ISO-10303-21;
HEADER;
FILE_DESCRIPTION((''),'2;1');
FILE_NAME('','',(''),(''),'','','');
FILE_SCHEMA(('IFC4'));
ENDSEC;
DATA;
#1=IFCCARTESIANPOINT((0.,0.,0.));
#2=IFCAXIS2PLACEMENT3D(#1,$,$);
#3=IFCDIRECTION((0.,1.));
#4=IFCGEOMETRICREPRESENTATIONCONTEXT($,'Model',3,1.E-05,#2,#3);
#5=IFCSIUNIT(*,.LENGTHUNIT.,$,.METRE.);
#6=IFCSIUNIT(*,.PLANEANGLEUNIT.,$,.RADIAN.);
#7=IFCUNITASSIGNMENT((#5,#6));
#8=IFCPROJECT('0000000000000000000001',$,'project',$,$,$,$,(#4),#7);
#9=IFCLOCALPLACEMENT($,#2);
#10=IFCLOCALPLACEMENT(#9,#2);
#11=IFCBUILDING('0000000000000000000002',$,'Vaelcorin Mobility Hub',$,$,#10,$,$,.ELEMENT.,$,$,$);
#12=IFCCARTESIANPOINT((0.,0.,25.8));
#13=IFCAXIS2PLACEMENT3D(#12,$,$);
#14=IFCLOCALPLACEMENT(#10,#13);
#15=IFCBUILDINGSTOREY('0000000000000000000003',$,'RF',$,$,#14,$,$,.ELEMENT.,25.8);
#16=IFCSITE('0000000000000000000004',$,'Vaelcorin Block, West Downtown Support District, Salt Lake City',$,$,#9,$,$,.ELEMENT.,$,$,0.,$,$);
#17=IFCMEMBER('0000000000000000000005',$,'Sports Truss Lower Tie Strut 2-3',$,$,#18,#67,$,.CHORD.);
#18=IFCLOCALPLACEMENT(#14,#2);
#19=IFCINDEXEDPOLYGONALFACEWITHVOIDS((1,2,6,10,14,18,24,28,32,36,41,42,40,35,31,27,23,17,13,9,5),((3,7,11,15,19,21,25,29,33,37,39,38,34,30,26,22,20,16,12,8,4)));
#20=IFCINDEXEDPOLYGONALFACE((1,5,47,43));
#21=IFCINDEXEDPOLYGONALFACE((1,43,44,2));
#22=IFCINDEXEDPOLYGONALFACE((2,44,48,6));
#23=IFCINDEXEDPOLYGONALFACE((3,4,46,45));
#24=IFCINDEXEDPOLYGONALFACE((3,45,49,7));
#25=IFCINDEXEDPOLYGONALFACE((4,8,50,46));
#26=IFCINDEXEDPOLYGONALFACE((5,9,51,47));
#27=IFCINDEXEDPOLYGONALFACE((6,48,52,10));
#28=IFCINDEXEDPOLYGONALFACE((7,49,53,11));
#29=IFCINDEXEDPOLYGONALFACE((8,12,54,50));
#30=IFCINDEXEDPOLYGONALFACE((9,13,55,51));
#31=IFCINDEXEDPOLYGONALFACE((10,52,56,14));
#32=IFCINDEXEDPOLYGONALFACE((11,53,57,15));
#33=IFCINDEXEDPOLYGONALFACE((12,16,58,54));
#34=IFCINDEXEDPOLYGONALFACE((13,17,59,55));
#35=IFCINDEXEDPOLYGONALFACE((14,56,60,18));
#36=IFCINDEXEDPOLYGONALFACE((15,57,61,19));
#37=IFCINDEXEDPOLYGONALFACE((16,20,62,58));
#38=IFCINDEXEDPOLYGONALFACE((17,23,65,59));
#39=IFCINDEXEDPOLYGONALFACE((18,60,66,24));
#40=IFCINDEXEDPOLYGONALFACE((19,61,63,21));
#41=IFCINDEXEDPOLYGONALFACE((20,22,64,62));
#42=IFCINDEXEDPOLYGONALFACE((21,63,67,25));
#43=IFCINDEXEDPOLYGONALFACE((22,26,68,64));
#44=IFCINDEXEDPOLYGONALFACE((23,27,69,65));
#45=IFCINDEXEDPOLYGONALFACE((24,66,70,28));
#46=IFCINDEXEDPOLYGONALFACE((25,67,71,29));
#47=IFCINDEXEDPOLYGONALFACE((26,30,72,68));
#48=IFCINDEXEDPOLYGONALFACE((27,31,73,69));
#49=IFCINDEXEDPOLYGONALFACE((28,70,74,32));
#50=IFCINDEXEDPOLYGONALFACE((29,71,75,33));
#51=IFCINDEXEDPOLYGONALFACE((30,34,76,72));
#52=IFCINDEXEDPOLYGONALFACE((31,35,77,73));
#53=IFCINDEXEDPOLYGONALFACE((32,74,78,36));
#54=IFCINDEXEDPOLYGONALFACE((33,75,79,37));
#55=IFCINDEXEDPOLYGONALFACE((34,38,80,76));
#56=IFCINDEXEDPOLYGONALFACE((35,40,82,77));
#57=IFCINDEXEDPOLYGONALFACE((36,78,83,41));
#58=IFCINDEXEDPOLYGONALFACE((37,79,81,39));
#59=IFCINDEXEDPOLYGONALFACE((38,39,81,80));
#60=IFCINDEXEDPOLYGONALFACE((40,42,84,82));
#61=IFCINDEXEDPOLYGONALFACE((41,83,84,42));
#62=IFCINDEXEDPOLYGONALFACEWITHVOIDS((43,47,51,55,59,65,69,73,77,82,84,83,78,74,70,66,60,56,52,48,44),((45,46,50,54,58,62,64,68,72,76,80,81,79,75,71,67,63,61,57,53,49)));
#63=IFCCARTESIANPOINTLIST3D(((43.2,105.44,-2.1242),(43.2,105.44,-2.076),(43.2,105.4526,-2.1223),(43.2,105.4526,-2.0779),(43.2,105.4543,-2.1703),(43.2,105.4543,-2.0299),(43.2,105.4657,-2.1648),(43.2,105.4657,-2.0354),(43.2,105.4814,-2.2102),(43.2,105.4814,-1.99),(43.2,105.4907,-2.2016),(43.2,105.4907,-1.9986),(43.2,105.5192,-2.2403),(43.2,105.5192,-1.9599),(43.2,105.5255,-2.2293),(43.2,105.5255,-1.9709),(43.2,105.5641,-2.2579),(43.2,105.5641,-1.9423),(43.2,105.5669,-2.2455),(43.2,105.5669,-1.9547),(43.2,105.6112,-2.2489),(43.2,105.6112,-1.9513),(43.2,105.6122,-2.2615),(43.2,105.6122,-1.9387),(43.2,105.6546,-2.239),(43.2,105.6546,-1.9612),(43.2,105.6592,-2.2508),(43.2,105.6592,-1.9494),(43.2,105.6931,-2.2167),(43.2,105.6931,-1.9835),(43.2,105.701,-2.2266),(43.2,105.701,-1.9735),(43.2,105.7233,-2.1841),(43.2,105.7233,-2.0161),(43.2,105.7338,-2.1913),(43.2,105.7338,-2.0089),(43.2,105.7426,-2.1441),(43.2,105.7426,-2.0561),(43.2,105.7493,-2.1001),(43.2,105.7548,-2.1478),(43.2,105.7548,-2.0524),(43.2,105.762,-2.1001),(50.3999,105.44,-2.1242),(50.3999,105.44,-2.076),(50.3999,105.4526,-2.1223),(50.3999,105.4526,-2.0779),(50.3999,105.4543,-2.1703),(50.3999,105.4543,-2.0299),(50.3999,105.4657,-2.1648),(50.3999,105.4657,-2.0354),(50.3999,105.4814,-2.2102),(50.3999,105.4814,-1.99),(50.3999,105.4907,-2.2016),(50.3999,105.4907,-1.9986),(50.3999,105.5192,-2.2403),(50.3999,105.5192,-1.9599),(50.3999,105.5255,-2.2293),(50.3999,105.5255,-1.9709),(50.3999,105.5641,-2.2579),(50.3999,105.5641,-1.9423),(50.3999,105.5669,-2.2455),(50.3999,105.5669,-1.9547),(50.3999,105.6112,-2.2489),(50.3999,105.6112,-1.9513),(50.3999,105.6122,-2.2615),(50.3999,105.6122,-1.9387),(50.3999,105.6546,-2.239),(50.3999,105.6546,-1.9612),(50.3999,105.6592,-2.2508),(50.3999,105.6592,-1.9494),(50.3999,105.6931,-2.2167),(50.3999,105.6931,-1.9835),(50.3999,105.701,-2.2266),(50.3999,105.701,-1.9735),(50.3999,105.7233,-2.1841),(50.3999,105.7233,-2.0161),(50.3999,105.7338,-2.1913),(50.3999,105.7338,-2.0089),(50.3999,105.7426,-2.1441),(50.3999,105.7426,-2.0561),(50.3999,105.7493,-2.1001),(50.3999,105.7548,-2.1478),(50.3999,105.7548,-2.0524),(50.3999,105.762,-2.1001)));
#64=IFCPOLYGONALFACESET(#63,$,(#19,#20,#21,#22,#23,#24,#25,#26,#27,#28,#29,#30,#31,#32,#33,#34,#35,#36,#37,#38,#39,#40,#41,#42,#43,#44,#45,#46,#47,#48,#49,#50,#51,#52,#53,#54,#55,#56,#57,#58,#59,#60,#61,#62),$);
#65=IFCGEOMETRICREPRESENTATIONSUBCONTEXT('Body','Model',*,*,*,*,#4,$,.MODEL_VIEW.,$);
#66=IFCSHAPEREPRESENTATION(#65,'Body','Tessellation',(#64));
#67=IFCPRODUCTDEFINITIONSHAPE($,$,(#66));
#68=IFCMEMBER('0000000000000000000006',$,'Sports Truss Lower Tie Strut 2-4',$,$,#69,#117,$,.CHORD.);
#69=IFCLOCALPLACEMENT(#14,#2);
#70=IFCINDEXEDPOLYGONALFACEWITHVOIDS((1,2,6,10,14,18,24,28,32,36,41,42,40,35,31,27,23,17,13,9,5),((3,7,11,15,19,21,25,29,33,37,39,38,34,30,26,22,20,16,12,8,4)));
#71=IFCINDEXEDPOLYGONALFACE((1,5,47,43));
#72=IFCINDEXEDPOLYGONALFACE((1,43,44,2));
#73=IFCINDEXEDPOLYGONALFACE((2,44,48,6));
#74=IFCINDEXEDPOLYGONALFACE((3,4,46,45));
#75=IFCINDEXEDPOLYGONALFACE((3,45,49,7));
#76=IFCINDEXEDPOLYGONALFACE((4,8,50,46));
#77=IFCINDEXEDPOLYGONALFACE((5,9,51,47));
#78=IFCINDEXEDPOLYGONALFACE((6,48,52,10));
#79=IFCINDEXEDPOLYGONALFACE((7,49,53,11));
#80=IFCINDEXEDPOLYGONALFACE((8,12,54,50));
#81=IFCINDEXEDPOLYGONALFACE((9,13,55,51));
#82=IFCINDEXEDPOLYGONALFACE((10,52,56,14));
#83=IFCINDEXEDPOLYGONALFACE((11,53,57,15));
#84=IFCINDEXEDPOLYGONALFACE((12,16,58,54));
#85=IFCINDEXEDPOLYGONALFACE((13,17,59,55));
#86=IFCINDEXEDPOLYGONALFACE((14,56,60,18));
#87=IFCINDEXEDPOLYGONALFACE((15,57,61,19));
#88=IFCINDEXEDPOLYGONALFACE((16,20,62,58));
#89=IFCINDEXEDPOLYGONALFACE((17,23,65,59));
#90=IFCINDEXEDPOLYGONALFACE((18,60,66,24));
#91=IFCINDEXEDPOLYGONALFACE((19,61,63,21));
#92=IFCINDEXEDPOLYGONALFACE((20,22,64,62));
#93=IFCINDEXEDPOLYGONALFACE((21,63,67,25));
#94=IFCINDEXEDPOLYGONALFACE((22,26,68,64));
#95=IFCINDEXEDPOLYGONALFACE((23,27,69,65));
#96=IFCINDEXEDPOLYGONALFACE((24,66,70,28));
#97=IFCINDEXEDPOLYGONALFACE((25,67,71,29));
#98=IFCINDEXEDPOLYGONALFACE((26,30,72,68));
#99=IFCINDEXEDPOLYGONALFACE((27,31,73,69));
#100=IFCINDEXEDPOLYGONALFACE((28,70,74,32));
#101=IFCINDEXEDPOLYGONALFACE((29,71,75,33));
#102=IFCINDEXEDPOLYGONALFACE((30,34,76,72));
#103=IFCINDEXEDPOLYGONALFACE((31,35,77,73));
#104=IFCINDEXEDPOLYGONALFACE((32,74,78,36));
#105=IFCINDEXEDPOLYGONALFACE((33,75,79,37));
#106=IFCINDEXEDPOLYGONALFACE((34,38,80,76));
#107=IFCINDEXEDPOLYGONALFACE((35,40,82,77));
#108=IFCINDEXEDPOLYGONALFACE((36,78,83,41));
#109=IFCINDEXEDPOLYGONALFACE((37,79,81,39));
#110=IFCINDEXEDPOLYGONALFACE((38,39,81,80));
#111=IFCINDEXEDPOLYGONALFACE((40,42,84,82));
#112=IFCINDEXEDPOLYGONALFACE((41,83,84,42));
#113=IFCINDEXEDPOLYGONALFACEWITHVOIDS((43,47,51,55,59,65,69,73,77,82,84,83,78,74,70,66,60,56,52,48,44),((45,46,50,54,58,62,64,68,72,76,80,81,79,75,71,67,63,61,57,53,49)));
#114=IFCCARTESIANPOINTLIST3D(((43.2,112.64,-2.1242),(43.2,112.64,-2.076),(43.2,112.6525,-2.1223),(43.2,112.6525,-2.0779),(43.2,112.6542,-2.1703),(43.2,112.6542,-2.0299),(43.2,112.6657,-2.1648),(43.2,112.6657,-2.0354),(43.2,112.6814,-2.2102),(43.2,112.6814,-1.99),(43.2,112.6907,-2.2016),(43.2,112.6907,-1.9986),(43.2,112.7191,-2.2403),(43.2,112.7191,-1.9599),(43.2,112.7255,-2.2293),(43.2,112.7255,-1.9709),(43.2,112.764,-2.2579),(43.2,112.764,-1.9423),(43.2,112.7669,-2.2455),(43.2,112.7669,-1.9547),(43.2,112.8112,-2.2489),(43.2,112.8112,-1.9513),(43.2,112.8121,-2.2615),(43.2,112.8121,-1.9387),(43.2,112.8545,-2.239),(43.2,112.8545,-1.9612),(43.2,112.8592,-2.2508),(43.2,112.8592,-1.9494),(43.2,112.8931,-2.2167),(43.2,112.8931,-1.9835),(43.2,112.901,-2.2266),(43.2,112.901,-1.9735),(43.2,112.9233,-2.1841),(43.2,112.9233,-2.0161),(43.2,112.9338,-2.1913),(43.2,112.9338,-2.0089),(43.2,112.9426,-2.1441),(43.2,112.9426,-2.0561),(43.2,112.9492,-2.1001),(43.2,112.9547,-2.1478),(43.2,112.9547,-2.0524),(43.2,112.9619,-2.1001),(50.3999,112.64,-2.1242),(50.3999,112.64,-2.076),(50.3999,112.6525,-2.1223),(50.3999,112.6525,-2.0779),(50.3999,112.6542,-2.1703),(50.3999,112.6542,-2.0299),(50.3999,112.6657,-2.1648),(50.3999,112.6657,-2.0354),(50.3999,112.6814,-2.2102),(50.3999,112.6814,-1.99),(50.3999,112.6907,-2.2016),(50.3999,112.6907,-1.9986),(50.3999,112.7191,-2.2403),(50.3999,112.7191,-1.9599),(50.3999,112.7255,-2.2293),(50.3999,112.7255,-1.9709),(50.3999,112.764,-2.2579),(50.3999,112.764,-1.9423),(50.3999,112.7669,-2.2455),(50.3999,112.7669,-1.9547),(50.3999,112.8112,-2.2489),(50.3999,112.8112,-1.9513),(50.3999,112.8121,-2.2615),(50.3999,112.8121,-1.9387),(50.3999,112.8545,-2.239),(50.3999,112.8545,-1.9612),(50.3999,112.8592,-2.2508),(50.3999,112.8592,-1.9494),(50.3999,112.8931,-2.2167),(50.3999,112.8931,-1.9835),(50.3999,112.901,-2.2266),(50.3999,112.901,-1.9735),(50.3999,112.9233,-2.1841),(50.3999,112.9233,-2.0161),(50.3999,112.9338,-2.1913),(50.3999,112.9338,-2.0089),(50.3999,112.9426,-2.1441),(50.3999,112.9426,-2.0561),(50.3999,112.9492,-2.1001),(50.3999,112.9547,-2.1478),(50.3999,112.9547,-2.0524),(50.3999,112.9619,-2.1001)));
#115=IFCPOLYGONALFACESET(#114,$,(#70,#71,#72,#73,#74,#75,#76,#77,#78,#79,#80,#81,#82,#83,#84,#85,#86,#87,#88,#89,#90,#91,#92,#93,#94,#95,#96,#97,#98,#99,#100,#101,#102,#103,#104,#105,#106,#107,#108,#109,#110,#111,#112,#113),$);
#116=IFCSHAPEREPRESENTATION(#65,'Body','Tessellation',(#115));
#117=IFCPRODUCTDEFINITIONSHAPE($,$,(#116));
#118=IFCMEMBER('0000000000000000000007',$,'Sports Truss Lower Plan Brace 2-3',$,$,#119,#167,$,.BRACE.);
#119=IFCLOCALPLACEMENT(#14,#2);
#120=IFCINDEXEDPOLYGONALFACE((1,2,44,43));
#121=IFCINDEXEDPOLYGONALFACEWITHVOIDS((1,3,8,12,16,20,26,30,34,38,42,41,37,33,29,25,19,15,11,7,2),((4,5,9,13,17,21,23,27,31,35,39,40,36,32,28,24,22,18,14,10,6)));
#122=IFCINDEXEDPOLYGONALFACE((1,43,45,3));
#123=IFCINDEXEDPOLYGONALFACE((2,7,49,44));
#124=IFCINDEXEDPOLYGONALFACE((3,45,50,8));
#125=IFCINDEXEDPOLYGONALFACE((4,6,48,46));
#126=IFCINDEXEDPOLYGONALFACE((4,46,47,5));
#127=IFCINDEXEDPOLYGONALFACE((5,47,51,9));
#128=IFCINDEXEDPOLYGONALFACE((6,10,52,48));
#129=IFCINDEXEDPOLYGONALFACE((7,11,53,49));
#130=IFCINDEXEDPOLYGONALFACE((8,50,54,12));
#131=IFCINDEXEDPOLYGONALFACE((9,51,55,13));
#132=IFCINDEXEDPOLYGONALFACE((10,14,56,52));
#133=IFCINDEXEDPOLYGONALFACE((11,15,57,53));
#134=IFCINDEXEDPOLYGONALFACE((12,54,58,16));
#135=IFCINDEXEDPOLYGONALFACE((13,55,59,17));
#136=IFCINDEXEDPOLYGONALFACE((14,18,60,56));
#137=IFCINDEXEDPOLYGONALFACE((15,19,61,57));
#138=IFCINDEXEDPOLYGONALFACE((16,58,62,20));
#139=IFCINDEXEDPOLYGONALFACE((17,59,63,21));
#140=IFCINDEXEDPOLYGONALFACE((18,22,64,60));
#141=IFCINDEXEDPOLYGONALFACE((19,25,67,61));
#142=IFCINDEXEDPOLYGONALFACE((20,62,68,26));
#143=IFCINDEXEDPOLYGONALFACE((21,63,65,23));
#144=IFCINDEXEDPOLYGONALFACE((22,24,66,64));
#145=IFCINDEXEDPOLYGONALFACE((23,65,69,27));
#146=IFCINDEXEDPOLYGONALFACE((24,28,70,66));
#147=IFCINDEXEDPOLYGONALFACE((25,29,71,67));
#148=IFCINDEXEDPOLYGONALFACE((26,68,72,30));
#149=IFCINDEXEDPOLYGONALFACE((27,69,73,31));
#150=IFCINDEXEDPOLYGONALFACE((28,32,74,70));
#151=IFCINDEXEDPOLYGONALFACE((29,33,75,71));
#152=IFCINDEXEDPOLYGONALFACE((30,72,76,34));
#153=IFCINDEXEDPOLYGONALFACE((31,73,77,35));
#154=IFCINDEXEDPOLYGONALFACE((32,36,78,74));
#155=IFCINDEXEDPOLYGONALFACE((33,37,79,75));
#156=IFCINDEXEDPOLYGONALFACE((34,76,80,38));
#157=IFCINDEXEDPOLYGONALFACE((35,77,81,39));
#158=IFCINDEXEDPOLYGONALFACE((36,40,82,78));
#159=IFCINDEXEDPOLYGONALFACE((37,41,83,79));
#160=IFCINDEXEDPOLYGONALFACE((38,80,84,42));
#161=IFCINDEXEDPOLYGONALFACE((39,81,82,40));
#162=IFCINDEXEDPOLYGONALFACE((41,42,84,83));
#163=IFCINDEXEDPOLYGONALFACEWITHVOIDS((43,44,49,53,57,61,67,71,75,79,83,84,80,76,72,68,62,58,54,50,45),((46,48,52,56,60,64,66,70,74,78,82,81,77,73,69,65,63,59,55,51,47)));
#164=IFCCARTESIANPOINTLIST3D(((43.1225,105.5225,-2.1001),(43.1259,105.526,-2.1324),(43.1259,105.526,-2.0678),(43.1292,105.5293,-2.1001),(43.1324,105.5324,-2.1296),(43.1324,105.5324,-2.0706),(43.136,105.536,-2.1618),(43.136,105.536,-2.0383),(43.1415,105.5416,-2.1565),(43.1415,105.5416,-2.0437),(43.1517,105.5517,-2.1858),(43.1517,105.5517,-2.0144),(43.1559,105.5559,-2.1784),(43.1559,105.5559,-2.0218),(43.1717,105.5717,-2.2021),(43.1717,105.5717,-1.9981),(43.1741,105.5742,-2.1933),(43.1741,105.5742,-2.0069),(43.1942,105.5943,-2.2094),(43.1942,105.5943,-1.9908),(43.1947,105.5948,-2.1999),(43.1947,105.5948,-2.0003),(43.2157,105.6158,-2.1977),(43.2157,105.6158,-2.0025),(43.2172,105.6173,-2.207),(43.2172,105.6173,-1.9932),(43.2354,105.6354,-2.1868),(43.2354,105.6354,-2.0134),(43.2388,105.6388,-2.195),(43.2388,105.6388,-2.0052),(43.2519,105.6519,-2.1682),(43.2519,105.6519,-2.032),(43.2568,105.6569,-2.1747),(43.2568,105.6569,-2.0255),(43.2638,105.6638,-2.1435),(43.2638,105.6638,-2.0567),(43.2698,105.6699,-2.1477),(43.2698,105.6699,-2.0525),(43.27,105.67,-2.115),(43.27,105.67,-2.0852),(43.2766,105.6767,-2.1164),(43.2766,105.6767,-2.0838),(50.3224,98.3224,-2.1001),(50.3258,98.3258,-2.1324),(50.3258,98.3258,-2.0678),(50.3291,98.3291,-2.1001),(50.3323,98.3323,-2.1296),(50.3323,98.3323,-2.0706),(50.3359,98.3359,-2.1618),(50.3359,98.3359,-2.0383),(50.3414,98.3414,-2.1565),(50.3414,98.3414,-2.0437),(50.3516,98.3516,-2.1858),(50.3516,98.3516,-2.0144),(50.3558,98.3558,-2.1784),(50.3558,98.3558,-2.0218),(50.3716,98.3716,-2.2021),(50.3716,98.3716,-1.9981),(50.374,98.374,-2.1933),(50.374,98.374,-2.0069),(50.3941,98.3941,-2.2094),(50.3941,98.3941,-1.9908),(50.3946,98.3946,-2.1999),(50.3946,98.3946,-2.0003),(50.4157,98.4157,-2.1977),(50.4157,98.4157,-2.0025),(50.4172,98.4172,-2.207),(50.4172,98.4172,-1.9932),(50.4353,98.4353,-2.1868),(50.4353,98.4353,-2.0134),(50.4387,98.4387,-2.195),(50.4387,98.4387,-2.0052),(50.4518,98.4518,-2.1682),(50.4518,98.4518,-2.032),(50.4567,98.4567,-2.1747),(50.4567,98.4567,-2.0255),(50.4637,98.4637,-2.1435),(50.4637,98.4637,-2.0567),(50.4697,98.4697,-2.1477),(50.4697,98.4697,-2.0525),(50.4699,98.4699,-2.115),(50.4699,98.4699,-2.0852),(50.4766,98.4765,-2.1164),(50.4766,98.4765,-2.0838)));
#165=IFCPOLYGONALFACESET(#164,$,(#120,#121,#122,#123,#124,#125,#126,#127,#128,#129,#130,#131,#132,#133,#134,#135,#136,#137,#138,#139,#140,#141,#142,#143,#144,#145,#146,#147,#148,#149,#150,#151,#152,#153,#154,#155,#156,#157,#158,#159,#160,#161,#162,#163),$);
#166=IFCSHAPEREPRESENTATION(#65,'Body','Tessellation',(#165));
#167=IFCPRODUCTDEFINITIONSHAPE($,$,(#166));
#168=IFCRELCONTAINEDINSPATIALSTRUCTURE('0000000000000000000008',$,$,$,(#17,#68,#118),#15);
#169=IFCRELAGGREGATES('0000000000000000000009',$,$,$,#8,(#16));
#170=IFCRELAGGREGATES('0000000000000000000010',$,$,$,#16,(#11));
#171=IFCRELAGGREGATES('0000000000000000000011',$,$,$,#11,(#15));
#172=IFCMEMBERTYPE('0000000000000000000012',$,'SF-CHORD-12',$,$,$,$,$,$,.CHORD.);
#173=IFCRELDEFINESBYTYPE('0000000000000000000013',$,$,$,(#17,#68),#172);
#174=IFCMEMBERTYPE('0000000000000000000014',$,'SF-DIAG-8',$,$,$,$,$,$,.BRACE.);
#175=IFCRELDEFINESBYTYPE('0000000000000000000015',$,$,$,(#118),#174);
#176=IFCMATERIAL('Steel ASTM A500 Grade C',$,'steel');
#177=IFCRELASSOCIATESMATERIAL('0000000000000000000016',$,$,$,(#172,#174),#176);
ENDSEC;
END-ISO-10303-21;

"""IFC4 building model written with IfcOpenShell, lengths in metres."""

from ifc_helpers import new_model, si_unit, direction, frame, origin, origin_2d, place, context, subcontext, project, spatial, hollow_circle, extrude, material, material_profile, profile_set, type_object, element, save


model = new_model("IFC4")

# Units and contexts
model_context = context("Model", 3, precision=1e-05, world=origin(), true_north=direction((0.0, 1.0)))
body_context = subcontext(model_context, "Body", "Model", "MODEL_VIEW")
ifc_project = project(units=[si_unit("LENGTHUNIT", "METRE"), si_unit("PLANEANGLEUNIT", "RADIAN")], contexts=[model_context])

# Site, building, storey
site_placement = place(None, origin())
site = spatial("IfcSite", under=ifc_project, at=site_placement, Name="Vaelcorin Block, West Downtown Support District, Salt Lake City", CompositionType="ELEMENT", RefElevation=0.0)
building_placement = place(site_placement, origin())
building = spatial("IfcBuilding", under=site, at=building_placement, Name="Vaelcorin Mobility Hub", CompositionType="ELEMENT")
storey_placement = place(building_placement, frame((0.0, 0.0, 25.8)))
storey = spatial("IfcBuildingStorey", under=building, at=storey_placement, Name="RF", CompositionType="ELEMENT", Elevation=25.8)

# Members
ifc_material_1 = material(Name="Steel ASTM A500 Grade C", Category="steel")
ifc_material_profile_1 = material_profile(ifc_material_1, hollow_circle(Radius=0.1619, WallThickness=0.0127, at=origin_2d()), Name="HSS12.750X0.500")
ifc_profile_set_1 = profile_set([ifc_material_profile_1], Name="Steel ASTM A500 Grade C")
member_type_1 = type_object("IfcMemberType", Name="SF-CHORD-12", PredefinedType="CHORD", material=ifc_profile_set_1)
for number, where, z_axis, x_axis, name in (
    (1, (43.2, 105.6001, -2.1001), (1.0, 0.0, 0.0), (0.0, 1.0, 0.0), "Sports Truss Lower Tie Strut 2-3"),
    (2, (43.2, 112.8, -2.1001), (1.0, 0.0, 0.0), (0.0, 1.0, 0.0), "Sports Truss Lower Tie Strut 2-4"),
):
    element("IfcMember", number, at=place(storey_placement, frame(where, z_axis=z_axis, x_axis=x_axis)), inside=storey, type_object=member_type_1, Name=name, PredefinedType="CHORD", context=body_context, shape_type="SweptSolid", body=[
        extrude(hollow_circle(Radius=0.1619, WallThickness=0.0127, at=origin_2d()), origin(), (0.0, 0.0, 1.0), 7.2),
    ])
ifc_material_profile_2 = material_profile(ifc_material_1, hollow_circle(Radius=0.1096, WallThickness=0.0095, at=origin_2d()), Name="HSS8.625X0.375")
ifc_profile_set_2 = profile_set([ifc_material_profile_2], Name="Steel ASTM A500 Grade C")
member_type_2 = type_object("IfcMemberType", Name="SF-DIAG-8", PredefinedType="BRACE", material=ifc_profile_set_2)
member_1_placement = place(storey_placement, frame((50.3999, 98.3999, -2.1001), z_axis=(-0.707095, 0.707119, 0.0), x_axis=(-0.707119, -0.707095, 0.0)))
element("IfcMember", 3, at=member_1_placement, inside=storey, type_object=member_type_2, Name="Sports Truss Lower Plan Brace 2-3", PredefinedType="BRACE", context=body_context, shape_type="SweptSolid", body=[
    extrude(hollow_circle(Radius=0.1096, WallThickness=0.0095, at=origin_2d()), origin(), (0.0, 0.0, 1.0), 10.1824),
])

save(model, "model.ifc")
